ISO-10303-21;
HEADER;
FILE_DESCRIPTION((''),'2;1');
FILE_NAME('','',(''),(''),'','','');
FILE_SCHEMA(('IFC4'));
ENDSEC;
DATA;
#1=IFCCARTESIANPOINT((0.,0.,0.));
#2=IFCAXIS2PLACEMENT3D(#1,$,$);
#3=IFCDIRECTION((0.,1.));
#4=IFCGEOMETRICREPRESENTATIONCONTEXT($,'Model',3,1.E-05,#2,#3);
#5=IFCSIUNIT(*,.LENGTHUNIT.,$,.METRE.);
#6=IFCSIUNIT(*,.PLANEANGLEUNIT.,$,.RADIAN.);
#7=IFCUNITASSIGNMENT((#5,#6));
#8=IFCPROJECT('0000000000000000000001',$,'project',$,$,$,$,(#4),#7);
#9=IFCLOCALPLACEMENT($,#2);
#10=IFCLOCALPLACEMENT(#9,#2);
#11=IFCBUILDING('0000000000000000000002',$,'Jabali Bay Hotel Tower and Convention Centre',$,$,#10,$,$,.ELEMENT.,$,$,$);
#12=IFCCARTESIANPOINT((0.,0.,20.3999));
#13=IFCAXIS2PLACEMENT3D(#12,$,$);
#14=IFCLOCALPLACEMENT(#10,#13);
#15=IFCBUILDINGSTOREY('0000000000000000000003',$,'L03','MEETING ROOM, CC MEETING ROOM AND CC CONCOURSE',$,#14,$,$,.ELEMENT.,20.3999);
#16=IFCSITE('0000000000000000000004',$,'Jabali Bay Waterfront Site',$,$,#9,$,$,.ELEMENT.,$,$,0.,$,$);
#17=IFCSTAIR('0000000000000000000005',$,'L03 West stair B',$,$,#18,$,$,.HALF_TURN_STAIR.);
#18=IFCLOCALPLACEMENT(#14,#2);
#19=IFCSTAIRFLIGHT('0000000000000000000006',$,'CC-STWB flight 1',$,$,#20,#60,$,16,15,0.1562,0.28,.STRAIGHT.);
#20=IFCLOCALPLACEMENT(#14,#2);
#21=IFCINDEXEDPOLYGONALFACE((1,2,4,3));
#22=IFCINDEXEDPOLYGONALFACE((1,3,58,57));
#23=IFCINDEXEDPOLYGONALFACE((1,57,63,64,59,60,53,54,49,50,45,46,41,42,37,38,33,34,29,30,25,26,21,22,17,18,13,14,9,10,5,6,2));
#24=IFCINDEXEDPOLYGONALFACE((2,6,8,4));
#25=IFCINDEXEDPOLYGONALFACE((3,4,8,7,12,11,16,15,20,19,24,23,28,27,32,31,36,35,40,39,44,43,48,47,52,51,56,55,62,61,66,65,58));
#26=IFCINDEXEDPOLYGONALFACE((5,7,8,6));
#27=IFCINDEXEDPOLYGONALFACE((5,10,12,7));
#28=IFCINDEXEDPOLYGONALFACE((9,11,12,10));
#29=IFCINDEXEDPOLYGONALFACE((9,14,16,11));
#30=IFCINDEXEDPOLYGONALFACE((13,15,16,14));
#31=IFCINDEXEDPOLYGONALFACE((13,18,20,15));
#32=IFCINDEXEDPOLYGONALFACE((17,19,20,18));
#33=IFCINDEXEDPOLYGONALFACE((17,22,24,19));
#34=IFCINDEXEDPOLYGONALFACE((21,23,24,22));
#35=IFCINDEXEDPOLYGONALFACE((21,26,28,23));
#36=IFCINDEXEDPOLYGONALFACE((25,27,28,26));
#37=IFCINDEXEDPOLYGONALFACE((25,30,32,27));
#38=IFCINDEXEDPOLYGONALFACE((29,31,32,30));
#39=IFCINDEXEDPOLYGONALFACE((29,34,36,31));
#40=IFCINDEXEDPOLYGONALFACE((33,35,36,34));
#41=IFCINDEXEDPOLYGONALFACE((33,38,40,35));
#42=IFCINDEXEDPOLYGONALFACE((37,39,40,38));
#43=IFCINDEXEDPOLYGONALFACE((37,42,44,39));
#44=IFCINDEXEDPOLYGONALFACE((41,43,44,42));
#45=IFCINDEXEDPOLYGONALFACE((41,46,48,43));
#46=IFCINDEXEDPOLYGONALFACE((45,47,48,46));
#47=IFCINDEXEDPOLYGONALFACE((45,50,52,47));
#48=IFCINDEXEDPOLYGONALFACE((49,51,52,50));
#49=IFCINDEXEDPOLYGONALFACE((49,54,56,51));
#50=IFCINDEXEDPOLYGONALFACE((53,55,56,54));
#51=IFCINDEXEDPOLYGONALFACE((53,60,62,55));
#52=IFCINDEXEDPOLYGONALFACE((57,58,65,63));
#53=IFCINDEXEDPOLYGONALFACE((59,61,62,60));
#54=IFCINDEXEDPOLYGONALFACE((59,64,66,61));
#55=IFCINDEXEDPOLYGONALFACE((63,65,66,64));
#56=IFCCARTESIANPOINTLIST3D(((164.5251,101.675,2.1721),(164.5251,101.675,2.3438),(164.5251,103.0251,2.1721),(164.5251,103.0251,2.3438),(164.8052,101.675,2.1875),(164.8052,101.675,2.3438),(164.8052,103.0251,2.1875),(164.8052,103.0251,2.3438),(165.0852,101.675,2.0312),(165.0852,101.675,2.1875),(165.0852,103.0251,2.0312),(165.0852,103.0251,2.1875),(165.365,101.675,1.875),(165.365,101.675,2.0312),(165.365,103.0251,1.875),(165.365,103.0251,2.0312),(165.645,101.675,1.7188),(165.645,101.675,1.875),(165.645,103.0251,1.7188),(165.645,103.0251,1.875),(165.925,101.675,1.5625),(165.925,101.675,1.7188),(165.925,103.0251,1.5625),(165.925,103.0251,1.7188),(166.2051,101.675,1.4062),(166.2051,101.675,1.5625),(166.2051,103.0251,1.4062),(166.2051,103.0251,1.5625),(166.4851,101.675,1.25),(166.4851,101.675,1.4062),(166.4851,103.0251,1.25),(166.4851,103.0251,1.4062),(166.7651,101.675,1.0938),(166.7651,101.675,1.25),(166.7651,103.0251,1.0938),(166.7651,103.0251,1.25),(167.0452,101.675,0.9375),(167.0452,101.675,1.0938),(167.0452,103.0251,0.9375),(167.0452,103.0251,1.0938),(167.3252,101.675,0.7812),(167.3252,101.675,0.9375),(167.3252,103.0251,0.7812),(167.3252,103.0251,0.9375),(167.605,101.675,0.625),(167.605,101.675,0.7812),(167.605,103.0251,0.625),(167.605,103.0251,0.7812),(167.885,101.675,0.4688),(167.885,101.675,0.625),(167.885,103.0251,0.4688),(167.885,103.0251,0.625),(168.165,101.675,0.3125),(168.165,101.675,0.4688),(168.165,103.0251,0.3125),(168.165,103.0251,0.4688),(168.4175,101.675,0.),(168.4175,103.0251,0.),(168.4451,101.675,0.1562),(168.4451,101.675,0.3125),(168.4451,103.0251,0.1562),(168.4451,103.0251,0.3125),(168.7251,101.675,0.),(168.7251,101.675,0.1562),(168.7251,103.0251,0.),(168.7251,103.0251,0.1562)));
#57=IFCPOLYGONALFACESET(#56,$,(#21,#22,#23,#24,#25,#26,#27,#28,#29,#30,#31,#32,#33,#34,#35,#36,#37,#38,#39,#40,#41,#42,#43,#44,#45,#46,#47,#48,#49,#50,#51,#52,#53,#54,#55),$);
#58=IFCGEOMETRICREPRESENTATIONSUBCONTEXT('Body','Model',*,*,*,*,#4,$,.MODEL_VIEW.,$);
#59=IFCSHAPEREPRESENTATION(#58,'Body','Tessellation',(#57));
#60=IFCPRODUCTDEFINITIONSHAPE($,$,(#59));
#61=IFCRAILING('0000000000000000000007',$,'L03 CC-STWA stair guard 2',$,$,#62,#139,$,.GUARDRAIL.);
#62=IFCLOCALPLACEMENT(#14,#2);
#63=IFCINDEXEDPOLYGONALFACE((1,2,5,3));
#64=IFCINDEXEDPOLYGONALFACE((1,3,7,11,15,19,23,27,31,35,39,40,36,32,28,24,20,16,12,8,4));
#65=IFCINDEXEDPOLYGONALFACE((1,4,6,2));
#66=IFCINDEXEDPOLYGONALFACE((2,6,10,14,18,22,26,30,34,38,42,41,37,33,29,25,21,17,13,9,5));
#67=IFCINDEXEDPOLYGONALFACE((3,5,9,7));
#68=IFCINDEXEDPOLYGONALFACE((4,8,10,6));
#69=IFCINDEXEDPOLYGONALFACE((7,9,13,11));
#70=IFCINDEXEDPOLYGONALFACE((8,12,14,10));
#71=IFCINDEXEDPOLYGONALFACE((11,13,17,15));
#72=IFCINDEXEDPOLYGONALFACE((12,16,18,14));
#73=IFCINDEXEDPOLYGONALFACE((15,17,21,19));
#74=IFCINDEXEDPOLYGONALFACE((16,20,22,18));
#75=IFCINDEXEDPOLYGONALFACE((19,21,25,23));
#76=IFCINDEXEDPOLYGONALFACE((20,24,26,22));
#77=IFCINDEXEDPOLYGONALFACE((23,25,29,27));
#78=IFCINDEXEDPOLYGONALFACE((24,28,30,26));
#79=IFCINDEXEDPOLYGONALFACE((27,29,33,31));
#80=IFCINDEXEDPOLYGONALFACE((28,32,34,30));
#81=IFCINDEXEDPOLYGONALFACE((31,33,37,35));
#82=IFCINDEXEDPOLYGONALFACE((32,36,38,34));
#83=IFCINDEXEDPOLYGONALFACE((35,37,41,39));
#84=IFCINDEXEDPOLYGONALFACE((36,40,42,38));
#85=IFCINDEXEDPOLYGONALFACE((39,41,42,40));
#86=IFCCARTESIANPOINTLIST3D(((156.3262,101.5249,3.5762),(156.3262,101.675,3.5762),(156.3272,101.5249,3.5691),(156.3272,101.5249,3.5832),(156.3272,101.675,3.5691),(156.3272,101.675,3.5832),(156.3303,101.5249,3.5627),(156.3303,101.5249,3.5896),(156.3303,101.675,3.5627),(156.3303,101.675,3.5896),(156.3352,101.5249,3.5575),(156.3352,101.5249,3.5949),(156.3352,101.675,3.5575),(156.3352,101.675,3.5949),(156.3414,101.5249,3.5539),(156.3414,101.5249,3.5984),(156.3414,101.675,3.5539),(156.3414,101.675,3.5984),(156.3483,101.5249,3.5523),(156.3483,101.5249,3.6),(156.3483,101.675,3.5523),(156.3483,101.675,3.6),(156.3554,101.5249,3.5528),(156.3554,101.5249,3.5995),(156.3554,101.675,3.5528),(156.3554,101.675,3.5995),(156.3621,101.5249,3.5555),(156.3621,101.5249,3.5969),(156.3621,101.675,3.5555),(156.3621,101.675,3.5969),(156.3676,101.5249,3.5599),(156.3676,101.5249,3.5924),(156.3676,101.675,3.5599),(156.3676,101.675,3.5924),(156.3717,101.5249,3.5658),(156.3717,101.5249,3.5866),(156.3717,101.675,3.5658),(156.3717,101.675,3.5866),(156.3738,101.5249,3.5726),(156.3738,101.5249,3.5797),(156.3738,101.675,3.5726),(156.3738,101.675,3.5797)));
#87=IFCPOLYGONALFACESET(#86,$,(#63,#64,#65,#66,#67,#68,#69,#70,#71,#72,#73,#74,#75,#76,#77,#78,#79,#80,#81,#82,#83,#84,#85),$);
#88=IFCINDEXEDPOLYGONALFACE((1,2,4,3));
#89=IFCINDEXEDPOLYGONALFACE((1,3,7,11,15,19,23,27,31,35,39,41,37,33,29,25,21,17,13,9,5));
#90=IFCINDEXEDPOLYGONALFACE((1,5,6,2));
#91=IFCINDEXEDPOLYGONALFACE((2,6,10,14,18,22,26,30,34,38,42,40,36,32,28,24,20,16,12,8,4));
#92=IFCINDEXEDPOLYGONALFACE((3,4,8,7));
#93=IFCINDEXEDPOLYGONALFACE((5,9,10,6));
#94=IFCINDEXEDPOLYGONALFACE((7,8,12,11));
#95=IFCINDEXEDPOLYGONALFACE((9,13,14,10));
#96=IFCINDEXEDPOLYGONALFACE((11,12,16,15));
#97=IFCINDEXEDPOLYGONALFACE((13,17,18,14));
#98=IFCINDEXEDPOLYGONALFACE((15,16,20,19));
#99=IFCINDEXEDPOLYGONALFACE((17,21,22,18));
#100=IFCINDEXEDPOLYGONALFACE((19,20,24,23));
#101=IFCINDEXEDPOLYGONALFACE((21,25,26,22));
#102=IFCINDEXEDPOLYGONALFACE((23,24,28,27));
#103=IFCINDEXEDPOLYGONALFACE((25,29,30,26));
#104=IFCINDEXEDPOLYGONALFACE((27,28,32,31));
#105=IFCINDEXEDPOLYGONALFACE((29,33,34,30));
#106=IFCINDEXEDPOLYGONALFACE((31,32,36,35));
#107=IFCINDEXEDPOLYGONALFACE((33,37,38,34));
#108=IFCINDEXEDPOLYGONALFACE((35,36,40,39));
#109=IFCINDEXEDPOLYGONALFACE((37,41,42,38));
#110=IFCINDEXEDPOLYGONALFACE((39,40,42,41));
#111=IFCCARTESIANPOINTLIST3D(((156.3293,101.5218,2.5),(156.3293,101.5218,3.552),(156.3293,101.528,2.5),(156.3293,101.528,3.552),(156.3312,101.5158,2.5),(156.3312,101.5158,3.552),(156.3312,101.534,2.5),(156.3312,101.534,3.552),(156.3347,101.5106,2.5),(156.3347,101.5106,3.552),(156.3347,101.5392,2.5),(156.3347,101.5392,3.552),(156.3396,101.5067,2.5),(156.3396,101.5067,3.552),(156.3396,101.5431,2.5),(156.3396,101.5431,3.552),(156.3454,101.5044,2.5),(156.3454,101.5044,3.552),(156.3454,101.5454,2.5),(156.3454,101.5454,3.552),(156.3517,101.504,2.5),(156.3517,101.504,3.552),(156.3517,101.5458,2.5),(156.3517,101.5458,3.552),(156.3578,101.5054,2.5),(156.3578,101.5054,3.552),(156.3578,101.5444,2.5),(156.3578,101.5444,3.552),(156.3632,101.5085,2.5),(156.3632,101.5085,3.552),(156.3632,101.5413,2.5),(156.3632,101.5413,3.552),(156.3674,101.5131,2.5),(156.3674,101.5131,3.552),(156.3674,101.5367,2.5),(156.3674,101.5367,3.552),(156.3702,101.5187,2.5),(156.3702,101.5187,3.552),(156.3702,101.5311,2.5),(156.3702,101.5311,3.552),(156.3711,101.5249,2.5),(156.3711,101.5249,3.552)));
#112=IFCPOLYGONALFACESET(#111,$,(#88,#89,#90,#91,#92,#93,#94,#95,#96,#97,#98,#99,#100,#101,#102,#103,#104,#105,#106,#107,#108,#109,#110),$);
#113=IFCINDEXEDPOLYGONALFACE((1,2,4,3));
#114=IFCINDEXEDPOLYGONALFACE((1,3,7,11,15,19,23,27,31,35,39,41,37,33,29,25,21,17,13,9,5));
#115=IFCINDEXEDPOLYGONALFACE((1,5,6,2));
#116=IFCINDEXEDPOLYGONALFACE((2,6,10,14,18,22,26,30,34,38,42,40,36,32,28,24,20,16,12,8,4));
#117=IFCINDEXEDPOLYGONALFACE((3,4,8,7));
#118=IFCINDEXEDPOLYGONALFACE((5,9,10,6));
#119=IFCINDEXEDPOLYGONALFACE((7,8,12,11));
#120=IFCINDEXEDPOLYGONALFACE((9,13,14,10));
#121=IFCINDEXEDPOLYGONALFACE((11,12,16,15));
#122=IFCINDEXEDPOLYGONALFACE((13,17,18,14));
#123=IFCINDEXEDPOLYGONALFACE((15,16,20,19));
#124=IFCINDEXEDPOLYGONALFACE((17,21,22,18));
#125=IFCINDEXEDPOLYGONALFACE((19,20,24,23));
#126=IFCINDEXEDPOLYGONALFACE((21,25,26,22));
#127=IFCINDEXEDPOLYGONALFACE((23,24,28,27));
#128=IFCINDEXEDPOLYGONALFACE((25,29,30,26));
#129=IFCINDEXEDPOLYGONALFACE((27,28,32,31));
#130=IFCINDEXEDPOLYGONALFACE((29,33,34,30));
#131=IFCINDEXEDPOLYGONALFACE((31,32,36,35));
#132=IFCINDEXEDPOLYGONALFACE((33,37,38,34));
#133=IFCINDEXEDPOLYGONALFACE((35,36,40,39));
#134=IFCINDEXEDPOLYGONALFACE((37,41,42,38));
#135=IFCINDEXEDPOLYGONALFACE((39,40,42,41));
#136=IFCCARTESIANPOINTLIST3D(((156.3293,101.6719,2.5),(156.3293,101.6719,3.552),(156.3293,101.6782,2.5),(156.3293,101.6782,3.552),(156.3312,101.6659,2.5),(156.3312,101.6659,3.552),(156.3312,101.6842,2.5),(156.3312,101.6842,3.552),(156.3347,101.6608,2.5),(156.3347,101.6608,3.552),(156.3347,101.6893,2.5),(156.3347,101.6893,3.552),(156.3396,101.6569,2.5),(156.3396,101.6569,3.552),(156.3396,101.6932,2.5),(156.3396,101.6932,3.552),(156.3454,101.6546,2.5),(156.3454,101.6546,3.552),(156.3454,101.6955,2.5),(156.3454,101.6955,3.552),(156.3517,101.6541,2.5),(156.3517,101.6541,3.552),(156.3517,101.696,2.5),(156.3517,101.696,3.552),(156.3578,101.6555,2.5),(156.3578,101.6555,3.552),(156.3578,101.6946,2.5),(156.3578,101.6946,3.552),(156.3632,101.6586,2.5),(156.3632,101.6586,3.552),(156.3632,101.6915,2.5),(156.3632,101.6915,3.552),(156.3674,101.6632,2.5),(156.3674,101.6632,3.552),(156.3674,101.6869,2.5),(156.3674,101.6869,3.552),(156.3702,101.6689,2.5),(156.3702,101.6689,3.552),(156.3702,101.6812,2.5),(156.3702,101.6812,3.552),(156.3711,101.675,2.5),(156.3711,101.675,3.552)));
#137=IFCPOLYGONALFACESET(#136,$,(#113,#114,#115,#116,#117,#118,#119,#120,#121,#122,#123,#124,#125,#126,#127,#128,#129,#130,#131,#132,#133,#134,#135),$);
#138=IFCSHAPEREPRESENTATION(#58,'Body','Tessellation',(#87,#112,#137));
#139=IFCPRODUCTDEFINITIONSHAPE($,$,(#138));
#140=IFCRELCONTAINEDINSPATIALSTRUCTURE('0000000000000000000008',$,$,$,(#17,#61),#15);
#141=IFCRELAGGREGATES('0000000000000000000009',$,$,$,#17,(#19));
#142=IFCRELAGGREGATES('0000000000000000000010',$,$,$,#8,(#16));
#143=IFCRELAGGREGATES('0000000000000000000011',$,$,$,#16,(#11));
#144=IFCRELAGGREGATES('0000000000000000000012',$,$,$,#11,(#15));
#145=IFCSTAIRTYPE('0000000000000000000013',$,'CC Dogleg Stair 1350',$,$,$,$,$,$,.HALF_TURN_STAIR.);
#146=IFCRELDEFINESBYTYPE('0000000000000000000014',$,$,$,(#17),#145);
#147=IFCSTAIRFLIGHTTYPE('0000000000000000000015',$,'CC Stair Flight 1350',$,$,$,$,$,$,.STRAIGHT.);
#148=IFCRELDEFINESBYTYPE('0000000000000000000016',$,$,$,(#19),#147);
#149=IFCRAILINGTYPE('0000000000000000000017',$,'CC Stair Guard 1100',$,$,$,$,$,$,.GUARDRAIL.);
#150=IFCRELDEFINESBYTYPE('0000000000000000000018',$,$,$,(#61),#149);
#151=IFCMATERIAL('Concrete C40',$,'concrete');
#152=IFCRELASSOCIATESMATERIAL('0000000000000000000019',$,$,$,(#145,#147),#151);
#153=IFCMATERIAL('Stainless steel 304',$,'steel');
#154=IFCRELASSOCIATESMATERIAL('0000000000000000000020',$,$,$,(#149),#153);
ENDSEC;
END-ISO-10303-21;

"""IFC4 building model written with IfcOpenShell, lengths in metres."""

from ifc_helpers import new_model, si_unit, direction, frame, origin, origin_2d, place, context, subcontext, project, spatial, polyline, circle, outline, extrude, material, type_object, element, aggregate, save


model = new_model("IFC4")

# Units and contexts
model_context = context("Model", 3, precision=1e-05, world=origin(), true_north=direction((0.0, 1.0)))
body_context = subcontext(model_context, "Body", "Model", "MODEL_VIEW")
ifc_project = project(units=[si_unit("LENGTHUNIT", "METRE"), si_unit("PLANEANGLEUNIT", "RADIAN")], contexts=[model_context])

# Site, building, storey
site_placement = place(None, origin())
site = spatial("IfcSite", under=ifc_project, at=site_placement, Name="Jabali Bay Waterfront Site", CompositionType="ELEMENT", RefElevation=0.0)
building_placement = place(site_placement, origin())
building = spatial("IfcBuilding", under=site, at=building_placement, Name="Jabali Bay Hotel Tower and Convention Centre", CompositionType="ELEMENT")
storey_placement = place(building_placement, frame((0.0, 0.0, 20.3999)))
storey = spatial("IfcBuildingStorey", under=building, at=storey_placement, Name="L03", Description="MEETING ROOM, CC MEETING ROOM AND CC CONCOURSE", CompositionType="ELEMENT", Elevation=20.3999)

# Shared definitions
ifc_material_1 = material(Name="Concrete C40", Category="concrete")

# Stair, stair flight
stair_type = type_object("IfcStairType", Name="CC Dogleg Stair 1350", PredefinedType="HALF_TURN_STAIR", material=ifc_material_1)
stair_flight_type = type_object("IfcStairFlightType", Name="CC Stair Flight 1350", PredefinedType="STRAIGHT", material=ifc_material_1)
stair_1_placement = place(storey_placement, origin())
stair_1 = element("IfcStair", 1, at=stair_1_placement, inside=storey, type_object=stair_type, Name="L03 West stair B", PredefinedType="HALF_TURN_STAIR")
stair_flight_1_placement = place(storey_placement, frame((168.7251, 102.3501, 0.0), z_axis=(0.0, 0.0, 1.0), x_axis=(-1.0, 0.0, 0.0)))
stair_flight_1 = element("IfcStairFlight", 2, at=stair_flight_1_placement, type_object=stair_flight_type, Name="CC-STWB flight 1", NumberOfRisers=16, NumberOfTreads=15, PredefinedType="STRAIGHT", RiserHeight=0.1562, TreadLength=0.28, context=body_context, shape_type="SweptSolid", body=[
    extrude(outline(polyline([(0.0, 0.0), (0.0, 0.1562), (0.28, 0.1562), (0.28, 0.3125), (0.5601, 0.3125), (0.5601, 0.4688), (0.8401, 0.4688), (0.8401, 0.625), (1.1201, 0.625), (1.1201, 0.7812), (1.3999, 0.7812), (1.3999, 0.9375), (1.6799, 0.9375), (1.6799, 1.0938), (1.96, 1.0938), (1.96, 1.25), (2.24, 1.25), (2.24, 1.4062), (2.52, 1.4062), (2.52, 1.5625), (2.8, 1.5625), (2.8, 1.7188), (3.0801, 1.7188), (3.0801, 1.875), (3.3601, 1.875), (3.3601, 2.0312), (3.6399, 2.0312), (3.6399, 2.1875), (3.9199, 2.1875), (3.9199, 2.3438), (4.2, 2.3438), (4.2, 2.5), (4.2, 2.1721), (0.3076, 0.0), (0.0, 0.0)])), frame((0.0, 0.675, 0.0), z_axis=(0.0, -1.0, 0.0), x_axis=(1.0, 0.0, 0.0)), (0.0, 0.0, 1.0), 1.3501),
])
aggregate(stair_1, [stair_flight_1])

# Railing
ifc_material_2 = material(Name="Stainless steel 304", Category="steel")
railing_type_1 = type_object("IfcRailingType", Name="CC Stair Guard 1100", PredefinedType="GUARDRAIL", material=ifc_material_2)
railing_1_placement = place(storey_placement, frame((156.3501, 101.5249, 2.5)))
element("IfcRailing", 3, at=railing_1_placement, inside=storey, type_object=railing_type_1, Name="L03 CC-STWA stair guard 2", PredefinedType="GUARDRAIL", context=body_context, shape_type="SweptSolid", body=[
    extrude(circle(Radius=0.0239, at=origin_2d()), frame((0.0, 0.0, 1.0762), z_axis=(0.0, 1.0, 0.0), x_axis=(-1.0, 0.0, 0.0)), (0.0, 0.0, 1.0), 0.1501),
    extrude(circle(Radius=0.021, at=origin_2d()), origin(), (0.0, 0.0, 1.0), 1.052),
    extrude(circle(Radius=0.021, at=origin_2d()), frame((0.0, 0.1501, 0.0)), (0.0, 0.0, 1.0), 1.052),
])

save(model, "model.ifc")
